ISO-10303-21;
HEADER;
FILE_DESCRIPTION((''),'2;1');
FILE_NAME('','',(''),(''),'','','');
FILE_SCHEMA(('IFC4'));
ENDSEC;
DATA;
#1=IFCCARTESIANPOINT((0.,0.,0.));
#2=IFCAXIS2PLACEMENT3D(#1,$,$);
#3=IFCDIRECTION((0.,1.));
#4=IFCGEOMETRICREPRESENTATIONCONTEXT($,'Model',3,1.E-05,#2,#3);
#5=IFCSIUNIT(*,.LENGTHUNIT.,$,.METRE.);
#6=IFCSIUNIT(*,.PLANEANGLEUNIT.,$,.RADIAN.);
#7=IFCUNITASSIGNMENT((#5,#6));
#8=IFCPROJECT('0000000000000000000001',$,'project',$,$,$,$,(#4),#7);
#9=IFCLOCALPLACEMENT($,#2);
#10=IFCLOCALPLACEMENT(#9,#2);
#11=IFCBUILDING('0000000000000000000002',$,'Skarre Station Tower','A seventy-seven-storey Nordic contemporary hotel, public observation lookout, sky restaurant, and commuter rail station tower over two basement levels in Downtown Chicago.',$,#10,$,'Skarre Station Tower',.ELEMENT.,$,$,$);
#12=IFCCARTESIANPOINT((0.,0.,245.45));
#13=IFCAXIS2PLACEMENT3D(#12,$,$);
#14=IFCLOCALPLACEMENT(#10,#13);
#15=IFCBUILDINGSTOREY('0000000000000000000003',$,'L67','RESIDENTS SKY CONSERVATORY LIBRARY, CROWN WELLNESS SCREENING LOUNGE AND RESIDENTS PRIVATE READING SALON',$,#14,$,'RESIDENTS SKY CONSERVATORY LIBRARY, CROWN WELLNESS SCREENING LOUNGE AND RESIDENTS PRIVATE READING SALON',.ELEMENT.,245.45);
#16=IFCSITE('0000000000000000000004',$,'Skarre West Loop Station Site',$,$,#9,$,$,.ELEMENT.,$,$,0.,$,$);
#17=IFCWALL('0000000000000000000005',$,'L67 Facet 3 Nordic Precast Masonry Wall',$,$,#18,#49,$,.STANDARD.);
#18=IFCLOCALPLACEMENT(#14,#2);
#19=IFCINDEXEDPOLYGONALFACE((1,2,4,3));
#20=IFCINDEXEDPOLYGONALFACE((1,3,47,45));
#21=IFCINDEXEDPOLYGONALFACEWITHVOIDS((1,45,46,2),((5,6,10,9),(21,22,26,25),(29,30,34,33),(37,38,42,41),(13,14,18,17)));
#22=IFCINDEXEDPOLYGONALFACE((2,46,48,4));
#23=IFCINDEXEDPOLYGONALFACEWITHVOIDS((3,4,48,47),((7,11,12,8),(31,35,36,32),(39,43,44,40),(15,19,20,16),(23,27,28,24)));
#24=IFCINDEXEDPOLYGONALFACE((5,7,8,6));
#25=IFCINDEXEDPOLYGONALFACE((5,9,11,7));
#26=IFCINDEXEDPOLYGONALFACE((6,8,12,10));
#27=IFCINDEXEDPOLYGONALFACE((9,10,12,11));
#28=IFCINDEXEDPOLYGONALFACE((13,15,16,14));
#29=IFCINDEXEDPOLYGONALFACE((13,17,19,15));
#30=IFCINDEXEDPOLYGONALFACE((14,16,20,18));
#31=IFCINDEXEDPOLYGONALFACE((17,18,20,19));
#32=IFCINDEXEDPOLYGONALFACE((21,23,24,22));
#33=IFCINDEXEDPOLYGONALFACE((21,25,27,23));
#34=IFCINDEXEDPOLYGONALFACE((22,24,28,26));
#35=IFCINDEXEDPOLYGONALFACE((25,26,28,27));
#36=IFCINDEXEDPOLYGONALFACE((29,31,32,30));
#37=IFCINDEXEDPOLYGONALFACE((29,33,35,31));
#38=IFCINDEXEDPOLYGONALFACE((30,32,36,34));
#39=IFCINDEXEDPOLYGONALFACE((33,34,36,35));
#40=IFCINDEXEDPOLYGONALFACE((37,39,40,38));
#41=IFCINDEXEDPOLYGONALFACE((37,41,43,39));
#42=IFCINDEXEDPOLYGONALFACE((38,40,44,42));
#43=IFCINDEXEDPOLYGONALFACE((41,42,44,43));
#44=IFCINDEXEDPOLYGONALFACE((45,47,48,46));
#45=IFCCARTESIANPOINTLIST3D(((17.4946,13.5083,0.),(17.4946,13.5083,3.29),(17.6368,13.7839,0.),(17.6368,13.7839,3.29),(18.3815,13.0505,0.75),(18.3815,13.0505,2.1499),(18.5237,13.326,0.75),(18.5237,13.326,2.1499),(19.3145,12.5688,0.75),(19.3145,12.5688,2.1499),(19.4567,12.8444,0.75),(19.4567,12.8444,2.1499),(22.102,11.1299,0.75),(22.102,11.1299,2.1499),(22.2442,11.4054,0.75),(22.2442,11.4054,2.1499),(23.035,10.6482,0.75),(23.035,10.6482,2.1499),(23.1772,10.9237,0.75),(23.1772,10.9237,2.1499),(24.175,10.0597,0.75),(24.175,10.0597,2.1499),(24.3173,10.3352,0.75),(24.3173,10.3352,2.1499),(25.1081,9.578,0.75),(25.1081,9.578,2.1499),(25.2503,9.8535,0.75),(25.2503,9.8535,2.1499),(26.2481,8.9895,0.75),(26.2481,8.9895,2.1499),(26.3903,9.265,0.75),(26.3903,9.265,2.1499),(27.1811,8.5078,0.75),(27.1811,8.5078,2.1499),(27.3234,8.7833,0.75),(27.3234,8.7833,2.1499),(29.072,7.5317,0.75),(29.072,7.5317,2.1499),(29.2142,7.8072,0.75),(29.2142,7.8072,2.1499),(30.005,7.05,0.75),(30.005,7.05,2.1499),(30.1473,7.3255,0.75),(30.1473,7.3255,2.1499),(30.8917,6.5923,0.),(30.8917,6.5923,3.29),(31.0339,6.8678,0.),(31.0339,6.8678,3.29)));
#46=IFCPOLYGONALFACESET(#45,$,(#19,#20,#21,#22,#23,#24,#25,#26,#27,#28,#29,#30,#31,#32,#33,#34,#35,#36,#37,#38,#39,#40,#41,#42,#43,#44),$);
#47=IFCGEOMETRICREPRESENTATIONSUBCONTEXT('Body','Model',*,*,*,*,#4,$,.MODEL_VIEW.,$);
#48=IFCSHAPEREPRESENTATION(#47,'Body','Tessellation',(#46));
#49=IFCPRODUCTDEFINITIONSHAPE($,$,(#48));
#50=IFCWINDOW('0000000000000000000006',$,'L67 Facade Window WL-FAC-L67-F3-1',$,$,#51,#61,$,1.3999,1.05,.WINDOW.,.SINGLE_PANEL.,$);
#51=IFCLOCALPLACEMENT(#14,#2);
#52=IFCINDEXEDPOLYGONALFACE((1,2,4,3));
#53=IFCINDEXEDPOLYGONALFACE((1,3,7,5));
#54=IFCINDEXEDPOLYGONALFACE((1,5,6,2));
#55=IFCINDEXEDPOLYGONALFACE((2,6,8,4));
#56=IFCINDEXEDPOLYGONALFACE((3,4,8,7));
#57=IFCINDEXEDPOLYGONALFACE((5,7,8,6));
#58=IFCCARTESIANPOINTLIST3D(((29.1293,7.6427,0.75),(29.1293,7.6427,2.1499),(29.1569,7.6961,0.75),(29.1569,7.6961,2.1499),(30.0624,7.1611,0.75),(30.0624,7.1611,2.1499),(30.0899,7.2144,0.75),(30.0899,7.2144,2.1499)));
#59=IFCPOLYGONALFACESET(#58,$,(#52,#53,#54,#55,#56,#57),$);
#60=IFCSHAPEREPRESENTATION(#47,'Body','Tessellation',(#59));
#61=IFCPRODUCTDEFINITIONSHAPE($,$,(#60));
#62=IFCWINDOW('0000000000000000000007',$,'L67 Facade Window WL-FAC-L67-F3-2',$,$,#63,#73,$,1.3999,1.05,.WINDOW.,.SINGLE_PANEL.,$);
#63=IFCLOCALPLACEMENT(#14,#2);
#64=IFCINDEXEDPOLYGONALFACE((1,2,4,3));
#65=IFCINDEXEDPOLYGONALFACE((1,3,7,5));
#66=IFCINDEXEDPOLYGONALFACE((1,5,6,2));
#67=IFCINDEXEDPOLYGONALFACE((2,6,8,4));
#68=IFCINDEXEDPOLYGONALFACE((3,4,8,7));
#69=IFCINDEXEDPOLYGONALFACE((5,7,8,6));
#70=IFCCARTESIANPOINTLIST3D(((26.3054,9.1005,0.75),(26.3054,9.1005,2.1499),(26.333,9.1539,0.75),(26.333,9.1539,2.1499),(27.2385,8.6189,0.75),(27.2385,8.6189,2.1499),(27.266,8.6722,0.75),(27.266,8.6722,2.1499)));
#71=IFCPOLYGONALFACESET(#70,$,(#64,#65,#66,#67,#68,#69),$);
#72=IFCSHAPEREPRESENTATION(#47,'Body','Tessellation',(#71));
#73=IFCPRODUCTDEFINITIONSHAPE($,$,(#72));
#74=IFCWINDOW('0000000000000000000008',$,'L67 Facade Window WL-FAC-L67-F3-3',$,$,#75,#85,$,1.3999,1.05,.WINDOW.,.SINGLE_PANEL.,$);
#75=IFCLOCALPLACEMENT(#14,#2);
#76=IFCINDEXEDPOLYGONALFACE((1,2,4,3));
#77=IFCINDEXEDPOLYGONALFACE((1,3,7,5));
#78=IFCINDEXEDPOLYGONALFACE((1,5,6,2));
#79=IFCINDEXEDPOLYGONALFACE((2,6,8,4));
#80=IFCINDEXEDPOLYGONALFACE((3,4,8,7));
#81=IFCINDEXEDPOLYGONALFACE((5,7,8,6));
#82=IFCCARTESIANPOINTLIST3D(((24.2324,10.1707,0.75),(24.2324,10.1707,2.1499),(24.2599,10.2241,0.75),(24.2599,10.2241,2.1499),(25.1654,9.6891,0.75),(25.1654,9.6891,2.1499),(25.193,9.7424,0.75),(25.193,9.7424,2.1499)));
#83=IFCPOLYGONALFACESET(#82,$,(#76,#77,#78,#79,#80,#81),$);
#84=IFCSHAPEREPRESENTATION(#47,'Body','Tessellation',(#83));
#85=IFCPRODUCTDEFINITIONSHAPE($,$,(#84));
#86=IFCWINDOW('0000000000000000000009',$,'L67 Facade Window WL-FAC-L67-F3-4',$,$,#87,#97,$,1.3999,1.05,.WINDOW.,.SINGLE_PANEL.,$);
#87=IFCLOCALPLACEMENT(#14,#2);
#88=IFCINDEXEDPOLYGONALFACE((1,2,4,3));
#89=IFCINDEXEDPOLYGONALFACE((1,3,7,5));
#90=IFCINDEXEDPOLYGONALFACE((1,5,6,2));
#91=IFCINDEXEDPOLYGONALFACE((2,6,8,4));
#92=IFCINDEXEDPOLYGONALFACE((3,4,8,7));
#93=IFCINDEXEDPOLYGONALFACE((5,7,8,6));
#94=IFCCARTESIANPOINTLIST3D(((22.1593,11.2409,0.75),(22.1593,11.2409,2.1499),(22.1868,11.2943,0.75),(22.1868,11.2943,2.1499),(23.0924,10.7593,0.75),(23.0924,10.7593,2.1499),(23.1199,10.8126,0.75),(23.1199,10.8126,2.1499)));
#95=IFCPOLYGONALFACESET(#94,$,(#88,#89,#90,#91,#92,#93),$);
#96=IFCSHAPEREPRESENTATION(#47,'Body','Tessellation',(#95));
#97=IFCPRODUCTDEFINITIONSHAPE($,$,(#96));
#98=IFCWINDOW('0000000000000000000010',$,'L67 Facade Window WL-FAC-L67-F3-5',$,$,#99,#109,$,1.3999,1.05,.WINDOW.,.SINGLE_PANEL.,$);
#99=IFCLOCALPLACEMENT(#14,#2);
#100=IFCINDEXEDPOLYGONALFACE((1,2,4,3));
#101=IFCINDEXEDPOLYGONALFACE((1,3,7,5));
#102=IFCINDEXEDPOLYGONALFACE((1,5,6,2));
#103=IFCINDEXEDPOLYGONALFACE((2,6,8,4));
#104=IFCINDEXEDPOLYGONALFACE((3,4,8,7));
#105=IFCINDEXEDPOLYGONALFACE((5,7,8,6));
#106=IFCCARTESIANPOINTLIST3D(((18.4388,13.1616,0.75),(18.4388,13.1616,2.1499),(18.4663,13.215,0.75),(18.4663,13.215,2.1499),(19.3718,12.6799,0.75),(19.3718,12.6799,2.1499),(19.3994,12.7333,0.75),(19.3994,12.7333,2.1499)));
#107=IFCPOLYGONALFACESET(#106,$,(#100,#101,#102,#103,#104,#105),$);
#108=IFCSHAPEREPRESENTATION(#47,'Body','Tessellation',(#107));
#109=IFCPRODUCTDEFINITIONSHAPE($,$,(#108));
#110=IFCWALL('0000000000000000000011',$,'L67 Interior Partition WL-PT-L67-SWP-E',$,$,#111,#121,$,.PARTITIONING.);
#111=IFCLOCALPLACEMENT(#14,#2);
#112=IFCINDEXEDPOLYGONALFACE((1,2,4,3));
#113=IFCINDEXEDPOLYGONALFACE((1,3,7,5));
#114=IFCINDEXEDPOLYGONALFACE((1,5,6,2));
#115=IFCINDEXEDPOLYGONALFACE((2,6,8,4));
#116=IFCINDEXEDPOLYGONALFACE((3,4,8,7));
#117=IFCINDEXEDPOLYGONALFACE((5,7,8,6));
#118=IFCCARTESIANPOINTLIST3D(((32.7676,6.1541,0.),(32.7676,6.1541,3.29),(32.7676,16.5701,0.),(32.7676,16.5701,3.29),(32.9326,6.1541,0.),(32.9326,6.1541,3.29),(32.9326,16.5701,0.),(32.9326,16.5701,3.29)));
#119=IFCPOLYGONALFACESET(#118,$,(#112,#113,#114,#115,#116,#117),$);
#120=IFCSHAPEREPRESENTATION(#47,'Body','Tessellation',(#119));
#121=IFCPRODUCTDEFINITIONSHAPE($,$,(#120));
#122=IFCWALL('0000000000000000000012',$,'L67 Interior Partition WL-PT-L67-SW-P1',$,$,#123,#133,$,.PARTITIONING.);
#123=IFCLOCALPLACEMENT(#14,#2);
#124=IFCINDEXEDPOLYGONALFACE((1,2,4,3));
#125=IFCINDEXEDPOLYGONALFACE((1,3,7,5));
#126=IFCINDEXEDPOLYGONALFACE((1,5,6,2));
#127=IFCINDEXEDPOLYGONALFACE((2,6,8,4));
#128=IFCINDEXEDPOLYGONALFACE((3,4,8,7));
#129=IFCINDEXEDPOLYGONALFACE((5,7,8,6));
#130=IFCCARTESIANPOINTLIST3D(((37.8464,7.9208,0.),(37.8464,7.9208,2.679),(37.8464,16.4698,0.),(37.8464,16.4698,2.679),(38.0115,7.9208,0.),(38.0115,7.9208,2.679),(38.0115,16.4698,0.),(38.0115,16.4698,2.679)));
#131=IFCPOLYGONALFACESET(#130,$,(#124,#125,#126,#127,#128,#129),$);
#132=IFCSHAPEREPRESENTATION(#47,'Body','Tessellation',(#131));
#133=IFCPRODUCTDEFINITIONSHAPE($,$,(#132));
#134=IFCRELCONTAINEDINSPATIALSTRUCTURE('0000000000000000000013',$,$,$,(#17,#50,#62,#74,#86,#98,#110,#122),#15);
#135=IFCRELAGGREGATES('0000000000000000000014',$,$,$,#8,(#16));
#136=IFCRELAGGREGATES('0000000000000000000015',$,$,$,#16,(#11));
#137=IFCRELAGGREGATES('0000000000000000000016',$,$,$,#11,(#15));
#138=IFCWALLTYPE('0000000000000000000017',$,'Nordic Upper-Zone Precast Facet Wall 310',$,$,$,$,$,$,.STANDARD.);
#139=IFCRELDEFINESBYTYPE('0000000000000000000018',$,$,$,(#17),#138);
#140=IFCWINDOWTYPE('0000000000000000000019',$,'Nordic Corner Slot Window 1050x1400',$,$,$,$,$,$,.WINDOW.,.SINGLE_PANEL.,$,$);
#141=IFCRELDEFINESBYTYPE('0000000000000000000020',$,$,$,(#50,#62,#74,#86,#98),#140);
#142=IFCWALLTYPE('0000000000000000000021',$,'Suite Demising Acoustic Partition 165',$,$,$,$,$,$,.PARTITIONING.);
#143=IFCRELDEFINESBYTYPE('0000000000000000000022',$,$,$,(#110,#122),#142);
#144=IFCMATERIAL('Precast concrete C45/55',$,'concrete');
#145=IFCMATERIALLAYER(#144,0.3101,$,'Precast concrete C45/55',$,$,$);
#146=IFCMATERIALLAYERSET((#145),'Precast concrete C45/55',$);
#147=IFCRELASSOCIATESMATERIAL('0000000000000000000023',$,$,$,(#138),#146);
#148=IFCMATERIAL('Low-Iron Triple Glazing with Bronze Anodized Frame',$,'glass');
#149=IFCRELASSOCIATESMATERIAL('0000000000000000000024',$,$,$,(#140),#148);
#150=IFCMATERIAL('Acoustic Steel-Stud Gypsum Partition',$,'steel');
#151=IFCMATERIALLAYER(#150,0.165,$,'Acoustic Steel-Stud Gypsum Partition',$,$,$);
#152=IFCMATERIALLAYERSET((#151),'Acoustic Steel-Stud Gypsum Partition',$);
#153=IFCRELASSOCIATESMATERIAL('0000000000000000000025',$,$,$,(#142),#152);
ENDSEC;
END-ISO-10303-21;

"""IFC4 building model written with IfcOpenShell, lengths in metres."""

from ifc_helpers import new_model, si_unit, direction, frame, frame_2d, origin, place, context, subcontext, project, spatial, rectangle, extrude, material, layer, layer_set, type_object, element, fill, save


model = new_model("IFC4")

# Units and contexts
model_context = context("Model", 3, precision=1e-05, world=origin(), true_north=direction((0.0, 1.0)))
body_context = subcontext(model_context, "Body", "Model", "MODEL_VIEW")
ifc_project = project(units=[si_unit("LENGTHUNIT", "METRE"), si_unit("PLANEANGLEUNIT", "RADIAN")], contexts=[model_context])

# Site, building, storey
site_placement = place(None, origin())
site = spatial("IfcSite", under=ifc_project, at=site_placement, Name="Skarre West Loop Station Site", CompositionType="ELEMENT", RefElevation=0.0)
building_placement = place(site_placement, origin())
building = spatial("IfcBuilding", under=site, at=building_placement, Name="Skarre Station Tower", Description="A seventy-seven-storey Nordic contemporary hotel, public observation lookout, sky restaurant, and commuter rail station tower over two basement levels in Downtown Chicago.", LongName="Skarre Station Tower", CompositionType="ELEMENT")
storey_placement = place(building_placement, frame((0.0, 0.0, 245.45)))
storey = spatial("IfcBuildingStorey", under=building, at=storey_placement, Name="L67", Description="RESIDENTS SKY CONSERVATORY LIBRARY, CROWN WELLNESS SCREENING LOUNGE AND RESIDENTS PRIVATE READING SALON", LongName="RESIDENTS SKY CONSERVATORY LIBRARY, CROWN WELLNESS SCREENING LOUNGE AND RESIDENTS PRIVATE READING SALON", CompositionType="ELEMENT", Elevation=245.45)

# Shared definitions
ifc_material_1 = material(Name="Precast concrete C45/55", Category="concrete")

# Wall, openings, windows
ifc_layer_1 = layer(ifc_material_1, 0.3101, Name="Precast concrete C45/55")
ifc_layer_set_1 = layer_set([ifc_layer_1], Name="Precast concrete C45/55")
wall_type_1 = type_object("IfcWallType", Name="Nordic Upper-Zone Precast Facet Wall 310", PredefinedType="STANDARD", material=ifc_layer_set_1)
wall_1_placement = place(storey_placement, frame((30.9629, 6.73, 0.0), z_axis=(0.0, 0.0, 1.0), x_axis=(-0.888581, 0.458719, 0.0)))
wall_1 = element("IfcWall", 1, at=wall_1_placement, inside=storey, type_object=wall_type_1, Name="L67 Facet 3 Nordic Precast Masonry Wall", PredefinedType="STANDARD", context=body_context, shape_type="SweptSolid", body=[
    extrude(rectangle(XDim=15.0769, YDim=0.3101, at=frame_2d((7.5386, 0.0))), origin(), (0.0, 0.0, 1.0), 3.29),
])
opening_1_placement = place(wall_1_placement, frame((0.998, 0.0, 0.75)))
opening_1 = element("IfcOpeningElement", 2, at=opening_1_placement, cuts=wall_1, PredefinedType="OPENING", context=body_context, shape_type="SweptSolid", body=[
    extrude(rectangle(XDim=1.05, YDim=1.3999, at=frame_2d((0.5249, 0.7))), frame((0.0, 0.165, 0.0), z_axis=(0.0, -1.0, 0.0), x_axis=(1.0, 0.0, 0.0)), (0.0, 0.0, 1.0), 0.3301),
])
opening_2_placement = place(wall_1_placement, frame((4.176, 0.0, 0.75)))
opening_2 = element("IfcOpeningElement", 3, at=opening_2_placement, cuts=wall_1, PredefinedType="OPENING", context=body_context, shape_type="SweptSolid", body=[
    extrude(rectangle(XDim=1.05, YDim=1.3999, at=frame_2d((0.5249, 0.7))), frame((0.0, 0.165, 0.0), z_axis=(0.0, -1.0, 0.0), x_axis=(1.0, 0.0, 0.0)), (0.0, 0.0, 1.0), 0.3301),
])
opening_3_placement = place(wall_1_placement, frame((6.509, 0.0, 0.75)))
opening_3 = element("IfcOpeningElement", 4, at=opening_3_placement, cuts=wall_1, PredefinedType="OPENING", context=body_context, shape_type="SweptSolid", body=[
    extrude(rectangle(XDim=1.05, YDim=1.3999, at=frame_2d((0.5249, 0.7))), frame((0.0, 0.165, 0.0), z_axis=(0.0, -1.0, 0.0), x_axis=(1.0, 0.0, 0.0)), (0.0, 0.0, 1.0), 0.3301),
])
opening_4_placement = place(wall_1_placement, frame((8.842, 0.0, 0.75)))
opening_4 = element("IfcOpeningElement", 5, at=opening_4_placement, cuts=wall_1, PredefinedType="OPENING", context=body_context, shape_type="SweptSolid", body=[
    extrude(rectangle(XDim=1.05, YDim=1.3999, at=frame_2d((0.5249, 0.7))), frame((0.0, 0.165, 0.0), z_axis=(0.0, -1.0, 0.0), x_axis=(1.0, 0.0, 0.0)), (0.0, 0.0, 1.0), 0.3301),
])
opening_5_placement = place(wall_1_placement, frame((13.0291, 0.0, 0.75)))
opening_5 = element("IfcOpeningElement", 6, at=opening_5_placement, cuts=wall_1, PredefinedType="OPENING", context=body_context, shape_type="SweptSolid", body=[
    extrude(rectangle(XDim=1.05, YDim=1.3999, at=frame_2d((0.5249, 0.7))), frame((0.0, 0.165, 0.0), z_axis=(0.0, -1.0, 0.0), x_axis=(1.0, 0.0, 0.0)), (0.0, 0.0, 1.0), 0.3301),
])
ifc_material_2 = material(Name="Low-Iron Triple Glazing with Bronze Anodized Frame", Category="glass")
window_type = type_object("IfcWindowType", Name="Nordic Corner Slot Window 1050x1400", PartitioningType="SINGLE_PANEL", PredefinedType="WINDOW", material=ifc_material_2)
window_1_placement = place(opening_1_placement, origin())
window_1 = element("IfcWindow", 7, at=window_1_placement, inside=storey, type_object=window_type, Name="L67 Facade Window WL-FAC-L67-F3-1", OverallHeight=1.3999, OverallWidth=1.05, PartitioningType="SINGLE_PANEL", PredefinedType="WINDOW", context=body_context, shape_type="SweptSolid", body=[
    extrude(rectangle(XDim=1.05, YDim=1.3999, at=frame_2d((0.5249, 0.7))), frame((0.0, 0.03, 0.0), z_axis=(0.0, -1.0, 0.0), x_axis=(1.0, 0.0, 0.0)), (0.0, 0.0, 1.0), 0.0601),
])
fill(opening_1, window_1)
window_2_placement = place(opening_2_placement, origin())
window_2 = element("IfcWindow", 8, at=window_2_placement, inside=storey, type_object=window_type, Name="L67 Facade Window WL-FAC-L67-F3-2", OverallHeight=1.3999, OverallWidth=1.05, PartitioningType="SINGLE_PANEL", PredefinedType="WINDOW", context=body_context, shape_type="SweptSolid", body=[
    extrude(rectangle(XDim=1.05, YDim=1.3999, at=frame_2d((0.5249, 0.7))), frame((0.0, 0.03, 0.0), z_axis=(0.0, -1.0, 0.0), x_axis=(1.0, 0.0, 0.0)), (0.0, 0.0, 1.0), 0.0601),
])
fill(opening_2, window_2)
window_3_placement = place(opening_3_placement, origin())
window_3 = element("IfcWindow", 9, at=window_3_placement, inside=storey, type_object=window_type, Name="L67 Facade Window WL-FAC-L67-F3-3", OverallHeight=1.3999, OverallWidth=1.05, PartitioningType="SINGLE_PANEL", PredefinedType="WINDOW", context=body_context, shape_type="SweptSolid", body=[
    extrude(rectangle(XDim=1.05, YDim=1.3999, at=frame_2d((0.5249, 0.7))), frame((0.0, 0.03, 0.0), z_axis=(0.0, -1.0, 0.0), x_axis=(1.0, 0.0, 0.0)), (0.0, 0.0, 1.0), 0.0601),
])
fill(opening_3, window_3)
window_4_placement = place(opening_4_placement, origin())
window_4 = element("IfcWindow", 10, at=window_4_placement, inside=storey, type_object=window_type, Name="L67 Facade Window WL-FAC-L67-F3-4", OverallHeight=1.3999, OverallWidth=1.05, PartitioningType="SINGLE_PANEL", PredefinedType="WINDOW", context=body_context, shape_type="SweptSolid", body=[
    extrude(rectangle(XDim=1.05, YDim=1.3999, at=frame_2d((0.5249, 0.7))), frame((0.0, 0.03, 0.0), z_axis=(0.0, -1.0, 0.0), x_axis=(1.0, 0.0, 0.0)), (0.0, 0.0, 1.0), 0.0601),
])
fill(opening_4, window_4)
window_5_placement = place(opening_5_placement, origin())
window_5 = element("IfcWindow", 11, at=window_5_placement, inside=storey, type_object=window_type, Name="L67 Facade Window WL-FAC-L67-F3-5", OverallHeight=1.3999, OverallWidth=1.05, PartitioningType="SINGLE_PANEL", PredefinedType="WINDOW", context=body_context, shape_type="SweptSolid", body=[
    extrude(rectangle(XDim=1.05, YDim=1.3999, at=frame_2d((0.5249, 0.7))), frame((0.0, 0.03, 0.0), z_axis=(0.0, -1.0, 0.0), x_axis=(1.0, 0.0, 0.0)), (0.0, 0.0, 1.0), 0.0601),
])
fill(opening_5, window_5)

# Walls
ifc_material_3 = material(Name="Acoustic Steel-Stud Gypsum Partition", Category="steel")
ifc_layer_2 = layer(ifc_material_3, 0.165, Name="Acoustic Steel-Stud Gypsum Partition")
ifc_layer_set_2 = layer_set([ifc_layer_2], Name="Acoustic Steel-Stud Gypsum Partition")
wall_type_2 = type_object("IfcWallType", Name="Suite Demising Acoustic Partition 165", PredefinedType="PARTITIONING", material=ifc_layer_set_2)
wall_2_placement = place(storey_placement, frame((32.8501, 6.1541, 0.0), z_axis=(0.0, 0.0, 1.0), x_axis=(0.0, 1.0, 0.0)))
element("IfcWall", 12, at=wall_2_placement, inside=storey, type_object=wall_type_2, Name="L67 Interior Partition WL-PT-L67-SWP-E", PredefinedType="PARTITIONING", context=body_context, shape_type="SweptSolid", body=[
    extrude(rectangle(XDim=10.416, YDim=0.165, at=frame_2d((5.208, 0.0))), origin(), (0.0, 0.0, 1.0), 3.29),
])
wall_3_placement = place(storey_placement, frame((37.929, 7.9209, 0.0), z_axis=(0.0, 0.0, 1.0), x_axis=(0.0, 1.0, 0.0)))
element("IfcWall", 13, at=wall_3_placement, inside=storey, type_object=wall_type_2, Name="L67 Interior Partition WL-PT-L67-SW-P1", PredefinedType="PARTITIONING", context=body_context, shape_type="SweptSolid", body=[
    extrude(rectangle(XDim=8.5491, YDim=0.165, at=frame_2d((4.2744, 0.0))), origin(), (0.0, 0.0, 1.0), 2.679),
])

save(model, "model.ifc")
